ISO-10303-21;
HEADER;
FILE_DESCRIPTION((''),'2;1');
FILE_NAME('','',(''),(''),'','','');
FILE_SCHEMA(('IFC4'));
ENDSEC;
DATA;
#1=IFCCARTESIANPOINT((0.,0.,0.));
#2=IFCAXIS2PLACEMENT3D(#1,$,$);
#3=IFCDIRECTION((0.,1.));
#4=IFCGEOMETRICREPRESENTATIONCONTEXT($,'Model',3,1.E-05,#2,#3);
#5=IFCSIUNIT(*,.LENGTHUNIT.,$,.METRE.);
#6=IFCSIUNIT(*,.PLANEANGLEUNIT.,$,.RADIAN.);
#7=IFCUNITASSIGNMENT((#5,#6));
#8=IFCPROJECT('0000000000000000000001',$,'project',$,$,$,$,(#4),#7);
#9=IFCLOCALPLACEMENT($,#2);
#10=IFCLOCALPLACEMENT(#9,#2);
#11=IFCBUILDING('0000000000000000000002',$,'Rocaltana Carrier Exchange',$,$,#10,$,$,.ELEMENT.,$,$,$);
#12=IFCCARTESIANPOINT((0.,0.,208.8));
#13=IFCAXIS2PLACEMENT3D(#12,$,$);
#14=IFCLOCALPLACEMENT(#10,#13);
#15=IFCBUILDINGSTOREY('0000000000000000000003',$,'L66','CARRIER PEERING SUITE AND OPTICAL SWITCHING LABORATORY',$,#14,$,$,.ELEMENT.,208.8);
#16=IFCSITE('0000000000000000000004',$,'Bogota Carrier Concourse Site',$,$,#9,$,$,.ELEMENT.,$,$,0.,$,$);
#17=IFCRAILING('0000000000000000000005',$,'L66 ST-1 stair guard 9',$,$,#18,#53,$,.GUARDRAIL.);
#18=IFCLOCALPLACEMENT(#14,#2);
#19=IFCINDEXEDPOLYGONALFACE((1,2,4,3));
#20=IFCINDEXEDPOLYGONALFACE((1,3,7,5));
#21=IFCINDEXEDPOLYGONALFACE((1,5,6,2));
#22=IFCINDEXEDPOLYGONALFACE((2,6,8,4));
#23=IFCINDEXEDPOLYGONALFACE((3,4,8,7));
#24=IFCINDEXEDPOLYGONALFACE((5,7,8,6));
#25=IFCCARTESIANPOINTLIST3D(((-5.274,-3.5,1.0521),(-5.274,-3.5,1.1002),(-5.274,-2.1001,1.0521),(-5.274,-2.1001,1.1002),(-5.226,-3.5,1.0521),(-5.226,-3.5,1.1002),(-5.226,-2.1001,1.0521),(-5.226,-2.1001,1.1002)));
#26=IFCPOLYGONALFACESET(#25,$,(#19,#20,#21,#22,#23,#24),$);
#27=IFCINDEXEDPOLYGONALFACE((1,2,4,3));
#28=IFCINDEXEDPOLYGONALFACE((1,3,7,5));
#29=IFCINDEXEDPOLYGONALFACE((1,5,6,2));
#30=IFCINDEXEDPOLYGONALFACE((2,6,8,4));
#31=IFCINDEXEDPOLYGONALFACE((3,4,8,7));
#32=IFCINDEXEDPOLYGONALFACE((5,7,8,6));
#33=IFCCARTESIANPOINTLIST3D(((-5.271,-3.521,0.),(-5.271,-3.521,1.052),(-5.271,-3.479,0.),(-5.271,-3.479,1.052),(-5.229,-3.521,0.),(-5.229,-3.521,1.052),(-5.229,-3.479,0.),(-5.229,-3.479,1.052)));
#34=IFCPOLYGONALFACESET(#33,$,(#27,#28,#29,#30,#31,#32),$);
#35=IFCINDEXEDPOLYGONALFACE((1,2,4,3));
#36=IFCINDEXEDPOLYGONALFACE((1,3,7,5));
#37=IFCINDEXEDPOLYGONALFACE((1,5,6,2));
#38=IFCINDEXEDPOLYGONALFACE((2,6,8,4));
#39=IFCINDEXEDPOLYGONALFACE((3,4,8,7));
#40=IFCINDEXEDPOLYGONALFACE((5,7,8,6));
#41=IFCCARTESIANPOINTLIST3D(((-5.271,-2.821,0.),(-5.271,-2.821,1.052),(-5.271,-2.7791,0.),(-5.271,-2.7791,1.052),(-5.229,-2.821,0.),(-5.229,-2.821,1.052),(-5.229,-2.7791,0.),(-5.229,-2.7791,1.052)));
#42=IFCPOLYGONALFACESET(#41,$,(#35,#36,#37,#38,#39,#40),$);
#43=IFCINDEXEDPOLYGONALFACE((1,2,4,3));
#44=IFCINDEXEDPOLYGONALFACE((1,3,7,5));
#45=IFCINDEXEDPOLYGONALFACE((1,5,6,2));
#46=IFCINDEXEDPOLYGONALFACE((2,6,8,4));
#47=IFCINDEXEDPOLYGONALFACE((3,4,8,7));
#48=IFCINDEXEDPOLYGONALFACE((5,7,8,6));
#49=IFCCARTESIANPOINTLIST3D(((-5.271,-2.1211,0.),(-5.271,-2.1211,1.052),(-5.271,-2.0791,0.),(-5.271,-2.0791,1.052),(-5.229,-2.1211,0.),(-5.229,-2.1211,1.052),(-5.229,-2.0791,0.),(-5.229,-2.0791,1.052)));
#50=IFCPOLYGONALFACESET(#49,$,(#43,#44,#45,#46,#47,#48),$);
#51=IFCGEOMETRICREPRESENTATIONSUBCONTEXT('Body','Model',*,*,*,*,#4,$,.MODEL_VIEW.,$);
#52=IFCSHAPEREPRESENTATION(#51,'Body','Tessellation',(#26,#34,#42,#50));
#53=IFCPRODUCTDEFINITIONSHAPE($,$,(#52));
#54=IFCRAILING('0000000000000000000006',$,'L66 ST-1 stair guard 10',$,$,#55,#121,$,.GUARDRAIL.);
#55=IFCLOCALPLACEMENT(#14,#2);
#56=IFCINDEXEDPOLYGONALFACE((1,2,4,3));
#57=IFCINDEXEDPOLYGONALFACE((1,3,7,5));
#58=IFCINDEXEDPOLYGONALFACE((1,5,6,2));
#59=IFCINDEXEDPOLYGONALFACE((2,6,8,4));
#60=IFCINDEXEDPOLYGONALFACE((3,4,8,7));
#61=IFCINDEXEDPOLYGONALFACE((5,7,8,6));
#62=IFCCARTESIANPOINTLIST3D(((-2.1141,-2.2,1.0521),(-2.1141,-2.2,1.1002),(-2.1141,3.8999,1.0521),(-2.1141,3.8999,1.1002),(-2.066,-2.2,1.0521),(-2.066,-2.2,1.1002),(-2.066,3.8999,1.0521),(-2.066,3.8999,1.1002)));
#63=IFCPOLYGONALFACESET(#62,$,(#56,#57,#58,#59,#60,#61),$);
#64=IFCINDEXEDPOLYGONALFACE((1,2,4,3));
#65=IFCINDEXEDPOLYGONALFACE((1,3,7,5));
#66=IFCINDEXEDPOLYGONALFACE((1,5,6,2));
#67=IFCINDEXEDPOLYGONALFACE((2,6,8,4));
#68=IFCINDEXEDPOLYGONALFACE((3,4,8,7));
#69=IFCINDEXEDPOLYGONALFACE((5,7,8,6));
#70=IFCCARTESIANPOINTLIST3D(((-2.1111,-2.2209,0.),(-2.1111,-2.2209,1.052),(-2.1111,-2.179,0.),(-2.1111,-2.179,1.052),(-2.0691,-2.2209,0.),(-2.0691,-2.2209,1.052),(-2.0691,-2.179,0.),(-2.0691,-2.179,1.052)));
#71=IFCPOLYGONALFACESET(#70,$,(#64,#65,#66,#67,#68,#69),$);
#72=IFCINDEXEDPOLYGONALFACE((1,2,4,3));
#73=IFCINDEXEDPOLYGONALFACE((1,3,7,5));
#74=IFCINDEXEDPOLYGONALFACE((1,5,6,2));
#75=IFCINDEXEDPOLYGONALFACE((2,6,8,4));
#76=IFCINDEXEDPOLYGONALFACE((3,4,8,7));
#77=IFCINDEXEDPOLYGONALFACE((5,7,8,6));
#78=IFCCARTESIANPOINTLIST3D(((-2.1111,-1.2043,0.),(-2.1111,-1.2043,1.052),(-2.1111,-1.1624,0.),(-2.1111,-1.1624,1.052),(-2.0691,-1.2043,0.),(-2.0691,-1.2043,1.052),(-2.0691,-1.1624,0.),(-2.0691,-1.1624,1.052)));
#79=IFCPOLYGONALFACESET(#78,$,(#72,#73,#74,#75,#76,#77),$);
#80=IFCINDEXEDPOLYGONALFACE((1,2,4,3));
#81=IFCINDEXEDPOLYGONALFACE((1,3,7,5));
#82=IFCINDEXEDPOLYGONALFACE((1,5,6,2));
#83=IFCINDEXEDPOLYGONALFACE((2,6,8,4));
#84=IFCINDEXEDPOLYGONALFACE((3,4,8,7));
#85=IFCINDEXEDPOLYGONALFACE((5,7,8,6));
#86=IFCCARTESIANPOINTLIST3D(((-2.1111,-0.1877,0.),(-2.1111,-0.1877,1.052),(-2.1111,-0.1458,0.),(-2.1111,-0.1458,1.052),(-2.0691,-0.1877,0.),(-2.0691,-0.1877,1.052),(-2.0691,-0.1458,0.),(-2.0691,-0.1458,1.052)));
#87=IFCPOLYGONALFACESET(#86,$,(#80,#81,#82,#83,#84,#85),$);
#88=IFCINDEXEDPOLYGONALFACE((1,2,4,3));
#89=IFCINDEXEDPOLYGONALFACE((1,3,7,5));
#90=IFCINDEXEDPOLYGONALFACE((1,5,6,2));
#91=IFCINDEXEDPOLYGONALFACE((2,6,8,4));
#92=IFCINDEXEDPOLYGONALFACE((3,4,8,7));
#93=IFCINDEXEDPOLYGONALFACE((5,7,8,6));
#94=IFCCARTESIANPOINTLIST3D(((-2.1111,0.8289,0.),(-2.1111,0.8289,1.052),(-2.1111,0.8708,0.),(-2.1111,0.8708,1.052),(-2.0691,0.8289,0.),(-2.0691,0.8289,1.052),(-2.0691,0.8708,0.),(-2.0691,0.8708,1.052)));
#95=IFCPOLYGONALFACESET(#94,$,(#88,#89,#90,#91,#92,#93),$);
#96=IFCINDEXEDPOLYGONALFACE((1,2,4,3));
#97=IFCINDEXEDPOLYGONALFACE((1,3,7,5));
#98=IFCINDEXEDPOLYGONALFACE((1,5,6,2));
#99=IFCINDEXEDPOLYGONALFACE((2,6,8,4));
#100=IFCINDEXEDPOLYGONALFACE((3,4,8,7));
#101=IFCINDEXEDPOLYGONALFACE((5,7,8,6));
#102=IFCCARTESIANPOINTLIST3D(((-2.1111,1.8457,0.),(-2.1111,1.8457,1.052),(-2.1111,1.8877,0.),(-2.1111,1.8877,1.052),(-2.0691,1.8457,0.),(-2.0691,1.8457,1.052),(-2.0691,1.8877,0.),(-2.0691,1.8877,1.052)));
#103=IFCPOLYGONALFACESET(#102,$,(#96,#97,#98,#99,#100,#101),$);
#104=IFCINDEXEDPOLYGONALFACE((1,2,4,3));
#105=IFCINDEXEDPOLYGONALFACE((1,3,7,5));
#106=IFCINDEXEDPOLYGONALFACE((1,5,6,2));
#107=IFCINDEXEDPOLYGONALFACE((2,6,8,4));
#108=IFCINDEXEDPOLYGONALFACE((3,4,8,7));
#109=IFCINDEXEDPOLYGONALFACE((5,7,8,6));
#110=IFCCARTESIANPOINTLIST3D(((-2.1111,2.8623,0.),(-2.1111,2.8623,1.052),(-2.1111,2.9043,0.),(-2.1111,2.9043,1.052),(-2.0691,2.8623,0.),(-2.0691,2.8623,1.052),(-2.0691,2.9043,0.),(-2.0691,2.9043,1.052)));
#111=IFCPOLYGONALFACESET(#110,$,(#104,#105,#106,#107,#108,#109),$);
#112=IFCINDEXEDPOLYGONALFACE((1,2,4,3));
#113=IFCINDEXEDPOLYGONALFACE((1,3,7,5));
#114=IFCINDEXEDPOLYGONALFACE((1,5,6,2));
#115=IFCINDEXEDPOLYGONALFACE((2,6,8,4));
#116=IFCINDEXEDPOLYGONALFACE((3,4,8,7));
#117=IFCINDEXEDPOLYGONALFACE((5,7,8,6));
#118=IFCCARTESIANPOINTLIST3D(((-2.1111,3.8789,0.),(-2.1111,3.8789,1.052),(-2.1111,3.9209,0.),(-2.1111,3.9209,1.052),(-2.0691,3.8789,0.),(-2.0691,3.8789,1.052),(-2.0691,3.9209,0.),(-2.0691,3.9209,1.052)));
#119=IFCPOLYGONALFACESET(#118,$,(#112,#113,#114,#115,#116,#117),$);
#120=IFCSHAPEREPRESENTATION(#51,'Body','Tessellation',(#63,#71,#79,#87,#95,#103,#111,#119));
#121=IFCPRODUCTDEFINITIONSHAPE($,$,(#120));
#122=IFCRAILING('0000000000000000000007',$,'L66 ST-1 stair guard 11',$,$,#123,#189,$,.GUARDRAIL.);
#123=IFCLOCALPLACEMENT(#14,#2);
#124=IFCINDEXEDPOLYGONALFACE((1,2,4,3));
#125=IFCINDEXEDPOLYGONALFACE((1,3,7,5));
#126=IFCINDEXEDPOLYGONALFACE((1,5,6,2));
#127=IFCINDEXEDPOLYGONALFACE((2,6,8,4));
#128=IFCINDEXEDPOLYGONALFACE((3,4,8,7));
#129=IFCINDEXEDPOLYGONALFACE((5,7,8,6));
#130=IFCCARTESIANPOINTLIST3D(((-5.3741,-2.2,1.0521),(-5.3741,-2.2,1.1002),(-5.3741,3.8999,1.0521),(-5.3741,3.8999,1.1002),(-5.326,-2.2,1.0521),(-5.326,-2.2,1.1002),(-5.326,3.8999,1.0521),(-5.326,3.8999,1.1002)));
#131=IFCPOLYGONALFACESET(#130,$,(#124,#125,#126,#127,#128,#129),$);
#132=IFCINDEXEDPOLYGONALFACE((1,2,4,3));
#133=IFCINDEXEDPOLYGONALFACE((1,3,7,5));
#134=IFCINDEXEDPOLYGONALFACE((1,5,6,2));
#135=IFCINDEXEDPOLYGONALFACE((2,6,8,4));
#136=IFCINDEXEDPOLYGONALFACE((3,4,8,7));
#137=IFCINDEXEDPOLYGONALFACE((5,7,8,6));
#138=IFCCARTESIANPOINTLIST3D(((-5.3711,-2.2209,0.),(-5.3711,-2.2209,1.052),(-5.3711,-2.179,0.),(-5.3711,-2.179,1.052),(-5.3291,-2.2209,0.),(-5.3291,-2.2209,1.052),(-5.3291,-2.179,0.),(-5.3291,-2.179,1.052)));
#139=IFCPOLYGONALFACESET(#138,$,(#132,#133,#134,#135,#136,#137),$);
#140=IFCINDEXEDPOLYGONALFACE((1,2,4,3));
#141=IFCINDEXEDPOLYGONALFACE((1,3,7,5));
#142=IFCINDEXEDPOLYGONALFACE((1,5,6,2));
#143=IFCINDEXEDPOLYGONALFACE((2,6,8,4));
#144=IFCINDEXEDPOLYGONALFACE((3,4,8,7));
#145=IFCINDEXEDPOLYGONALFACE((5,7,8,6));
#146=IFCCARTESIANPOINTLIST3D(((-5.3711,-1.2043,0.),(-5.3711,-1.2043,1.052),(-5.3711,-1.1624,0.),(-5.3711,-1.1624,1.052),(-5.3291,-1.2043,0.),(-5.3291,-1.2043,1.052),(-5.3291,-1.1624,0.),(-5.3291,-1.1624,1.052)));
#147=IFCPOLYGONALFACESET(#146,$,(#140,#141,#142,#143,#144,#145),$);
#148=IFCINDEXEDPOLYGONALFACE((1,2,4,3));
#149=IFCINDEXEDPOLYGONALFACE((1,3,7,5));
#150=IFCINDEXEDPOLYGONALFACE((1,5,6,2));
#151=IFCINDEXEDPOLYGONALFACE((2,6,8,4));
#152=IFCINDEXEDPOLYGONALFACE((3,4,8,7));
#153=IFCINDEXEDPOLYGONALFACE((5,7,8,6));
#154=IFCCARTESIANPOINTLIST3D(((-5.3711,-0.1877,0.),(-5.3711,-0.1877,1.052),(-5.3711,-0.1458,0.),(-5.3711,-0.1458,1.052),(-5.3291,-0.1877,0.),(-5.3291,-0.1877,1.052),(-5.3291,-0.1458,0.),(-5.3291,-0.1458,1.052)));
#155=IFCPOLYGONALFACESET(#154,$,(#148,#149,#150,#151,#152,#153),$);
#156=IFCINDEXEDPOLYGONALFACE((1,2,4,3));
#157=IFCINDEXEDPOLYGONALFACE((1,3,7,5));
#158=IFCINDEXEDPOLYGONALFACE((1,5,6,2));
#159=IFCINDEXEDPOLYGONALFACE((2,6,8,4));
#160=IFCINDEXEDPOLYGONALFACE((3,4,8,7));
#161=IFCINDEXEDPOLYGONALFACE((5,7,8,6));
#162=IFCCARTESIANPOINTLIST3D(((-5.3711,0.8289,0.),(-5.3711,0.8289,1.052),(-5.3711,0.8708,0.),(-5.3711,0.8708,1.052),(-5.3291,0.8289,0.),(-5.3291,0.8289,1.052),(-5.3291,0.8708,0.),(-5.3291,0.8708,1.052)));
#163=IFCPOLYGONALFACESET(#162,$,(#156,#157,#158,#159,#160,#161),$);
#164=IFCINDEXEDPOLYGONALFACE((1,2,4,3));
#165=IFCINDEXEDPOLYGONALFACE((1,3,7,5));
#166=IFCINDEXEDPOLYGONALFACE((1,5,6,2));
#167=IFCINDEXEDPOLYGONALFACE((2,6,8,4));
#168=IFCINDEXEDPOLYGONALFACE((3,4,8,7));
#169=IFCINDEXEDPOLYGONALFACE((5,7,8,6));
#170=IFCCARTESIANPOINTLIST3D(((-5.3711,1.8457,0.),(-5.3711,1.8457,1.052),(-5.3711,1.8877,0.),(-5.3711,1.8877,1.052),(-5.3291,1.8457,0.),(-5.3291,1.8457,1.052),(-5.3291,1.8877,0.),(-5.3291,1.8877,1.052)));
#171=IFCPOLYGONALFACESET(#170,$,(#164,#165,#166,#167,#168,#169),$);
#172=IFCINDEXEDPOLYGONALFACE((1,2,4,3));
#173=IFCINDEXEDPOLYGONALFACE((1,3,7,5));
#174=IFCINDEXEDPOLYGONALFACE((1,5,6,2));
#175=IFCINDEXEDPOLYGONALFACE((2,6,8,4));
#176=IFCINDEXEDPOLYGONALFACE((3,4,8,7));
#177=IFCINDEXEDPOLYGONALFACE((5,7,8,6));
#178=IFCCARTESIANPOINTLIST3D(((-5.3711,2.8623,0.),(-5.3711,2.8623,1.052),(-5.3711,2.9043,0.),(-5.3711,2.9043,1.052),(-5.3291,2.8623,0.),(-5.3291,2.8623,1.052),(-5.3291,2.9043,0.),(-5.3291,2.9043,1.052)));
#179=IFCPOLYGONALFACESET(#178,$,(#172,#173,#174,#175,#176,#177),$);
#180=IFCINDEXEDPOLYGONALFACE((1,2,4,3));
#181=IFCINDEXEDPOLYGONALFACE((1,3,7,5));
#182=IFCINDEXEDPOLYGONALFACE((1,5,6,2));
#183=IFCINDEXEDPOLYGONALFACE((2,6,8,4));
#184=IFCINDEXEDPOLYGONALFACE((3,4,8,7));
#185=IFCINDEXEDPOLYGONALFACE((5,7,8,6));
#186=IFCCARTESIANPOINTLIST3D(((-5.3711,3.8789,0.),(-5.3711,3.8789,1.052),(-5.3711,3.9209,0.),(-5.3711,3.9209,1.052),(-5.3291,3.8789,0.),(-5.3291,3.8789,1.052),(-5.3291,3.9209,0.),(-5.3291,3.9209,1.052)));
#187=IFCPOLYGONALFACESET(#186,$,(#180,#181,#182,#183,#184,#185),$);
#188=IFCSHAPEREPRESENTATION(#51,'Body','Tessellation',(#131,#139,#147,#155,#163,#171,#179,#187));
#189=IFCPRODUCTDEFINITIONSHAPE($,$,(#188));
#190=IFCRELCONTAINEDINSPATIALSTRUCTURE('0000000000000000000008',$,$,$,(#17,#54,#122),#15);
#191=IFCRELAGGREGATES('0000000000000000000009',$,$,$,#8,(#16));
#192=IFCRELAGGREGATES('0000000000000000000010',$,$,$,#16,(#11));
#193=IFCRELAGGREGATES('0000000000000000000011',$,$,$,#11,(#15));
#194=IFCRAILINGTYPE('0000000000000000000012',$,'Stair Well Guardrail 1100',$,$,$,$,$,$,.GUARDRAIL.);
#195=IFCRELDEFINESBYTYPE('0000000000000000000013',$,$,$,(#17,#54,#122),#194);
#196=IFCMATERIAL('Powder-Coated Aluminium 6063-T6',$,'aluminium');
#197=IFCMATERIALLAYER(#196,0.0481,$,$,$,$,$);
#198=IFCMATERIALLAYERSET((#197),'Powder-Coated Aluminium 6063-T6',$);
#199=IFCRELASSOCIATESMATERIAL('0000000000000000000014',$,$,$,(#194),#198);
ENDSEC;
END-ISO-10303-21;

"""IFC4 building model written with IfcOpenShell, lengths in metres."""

from ifc_helpers import new_model, si_unit, direction, frame, origin, origin_2d, place, context, subcontext, project, spatial, rectangle, extrude, material, layer, layer_set, type_object, element, save


model = new_model("IFC4")

# Units and contexts
model_context = context("Model", 3, precision=1e-05, world=origin(), true_north=direction((0.0, 1.0)))
body_context = subcontext(model_context, "Body", "Model", "MODEL_VIEW")
ifc_project = project(units=[si_unit("LENGTHUNIT", "METRE"), si_unit("PLANEANGLEUNIT", "RADIAN")], contexts=[model_context])

# Site, building, storey
site_placement = place(None, origin())
site = spatial("IfcSite", under=ifc_project, at=site_placement, Name="Bogota Carrier Concourse Site", CompositionType="ELEMENT", RefElevation=0.0)
building_placement = place(site_placement, origin())
building = spatial("IfcBuilding", under=site, at=building_placement, Name="Rocaltana Carrier Exchange", CompositionType="ELEMENT")
storey_placement = place(building_placement, frame((0.0, 0.0, 208.8)))
storey = spatial("IfcBuildingStorey", under=building, at=storey_placement, Name="L66", Description="CARRIER PEERING SUITE AND OPTICAL SWITCHING LABORATORY", CompositionType="ELEMENT", Elevation=208.8)

# Railings
ifc_material_1 = material(Name="Powder-Coated Aluminium 6063-T6", Category="aluminium")
ifc_layer_1 = layer(ifc_material_1, 0.0481)
ifc_layer_set_1 = layer_set([ifc_layer_1], Name="Powder-Coated Aluminium 6063-T6")
railing_type_1 = type_object("IfcRailingType", Name="Stair Well Guardrail 1100", PredefinedType="GUARDRAIL", material=ifc_layer_set_1)
for number, where, name in (
    (1, (-5.25, -3.5, 0.0), "L66 ST-1 stair guard 9"),
):
    element("IfcRailing", number, at=place(storey_placement, frame(where)), inside=storey, type_object=railing_type_1, Name=name, PredefinedType="GUARDRAIL", context=body_context, shape_type="SweptSolid", body=[
        extrude(rectangle(XDim=0.0481, YDim=0.0481, at=origin_2d()), frame((0.0, 0.0, 1.0762), z_axis=(0.0, 1.0, 0.0), x_axis=(-1.0, 0.0, 0.0)), (0.0, 0.0, 1.0), 1.3999),
        extrude(rectangle(XDim=0.042, YDim=0.042, at=origin_2d()), origin(), (0.0, 0.0, 1.0), 1.052),
        extrude(rectangle(XDim=0.042, YDim=0.042, at=origin_2d()), frame((0.0, 0.7, 0.0)), (0.0, 0.0, 1.0), 1.052),
        extrude(rectangle(XDim=0.042, YDim=0.042, at=origin_2d()), frame((0.0, 1.3999, 0.0)), (0.0, 0.0, 1.0), 1.052),
    ])
for number, where, name in (
    (2, (-2.0901, -2.2, 0.0), "L66 ST-1 stair guard 10"),
    (3, (-5.3501, -2.2, 0.0), "L66 ST-1 stair guard 11"),
):
    element("IfcRailing", number, at=place(storey_placement, frame(where)), inside=storey, type_object=railing_type_1, Name=name, PredefinedType="GUARDRAIL", context=body_context, shape_type="SweptSolid", body=[
        extrude(rectangle(XDim=0.0481, YDim=0.0481, at=origin_2d()), frame((0.0, 0.0, 1.0762), z_axis=(0.0, 1.0, 0.0), x_axis=(-1.0, 0.0, 0.0)), (0.0, 0.0, 1.0), 6.0999),
        extrude(rectangle(XDim=0.042, YDim=0.042, at=origin_2d()), origin(), (0.0, 0.0, 1.0), 1.052),
        extrude(rectangle(XDim=0.042, YDim=0.042, at=origin_2d()), frame((0.0, 1.0166, 0.0)), (0.0, 0.0, 1.0), 1.052),
        extrude(rectangle(XDim=0.042, YDim=0.042, at=origin_2d()), frame((0.0, 2.0332, 0.0)), (0.0, 0.0, 1.0), 1.052),
        extrude(rectangle(XDim=0.042, YDim=0.042, at=origin_2d()), frame((0.0, 3.0498, 0.0)), (0.0, 0.0, 1.0), 1.052),
        extrude(rectangle(XDim=0.042, YDim=0.042, at=origin_2d()), frame((0.0, 4.0667, 0.0)), (0.0, 0.0, 1.0), 1.052),
        extrude(rectangle(XDim=0.042, YDim=0.042, at=origin_2d()), frame((0.0, 5.0833, 0.0)), (0.0, 0.0, 1.0), 1.052),
        extrude(rectangle(XDim=0.042, YDim=0.042, at=origin_2d()), frame((0.0, 6.0999, 0.0)), (0.0, 0.0, 1.0), 1.052),
    ])

save(model, "model.ifc")
